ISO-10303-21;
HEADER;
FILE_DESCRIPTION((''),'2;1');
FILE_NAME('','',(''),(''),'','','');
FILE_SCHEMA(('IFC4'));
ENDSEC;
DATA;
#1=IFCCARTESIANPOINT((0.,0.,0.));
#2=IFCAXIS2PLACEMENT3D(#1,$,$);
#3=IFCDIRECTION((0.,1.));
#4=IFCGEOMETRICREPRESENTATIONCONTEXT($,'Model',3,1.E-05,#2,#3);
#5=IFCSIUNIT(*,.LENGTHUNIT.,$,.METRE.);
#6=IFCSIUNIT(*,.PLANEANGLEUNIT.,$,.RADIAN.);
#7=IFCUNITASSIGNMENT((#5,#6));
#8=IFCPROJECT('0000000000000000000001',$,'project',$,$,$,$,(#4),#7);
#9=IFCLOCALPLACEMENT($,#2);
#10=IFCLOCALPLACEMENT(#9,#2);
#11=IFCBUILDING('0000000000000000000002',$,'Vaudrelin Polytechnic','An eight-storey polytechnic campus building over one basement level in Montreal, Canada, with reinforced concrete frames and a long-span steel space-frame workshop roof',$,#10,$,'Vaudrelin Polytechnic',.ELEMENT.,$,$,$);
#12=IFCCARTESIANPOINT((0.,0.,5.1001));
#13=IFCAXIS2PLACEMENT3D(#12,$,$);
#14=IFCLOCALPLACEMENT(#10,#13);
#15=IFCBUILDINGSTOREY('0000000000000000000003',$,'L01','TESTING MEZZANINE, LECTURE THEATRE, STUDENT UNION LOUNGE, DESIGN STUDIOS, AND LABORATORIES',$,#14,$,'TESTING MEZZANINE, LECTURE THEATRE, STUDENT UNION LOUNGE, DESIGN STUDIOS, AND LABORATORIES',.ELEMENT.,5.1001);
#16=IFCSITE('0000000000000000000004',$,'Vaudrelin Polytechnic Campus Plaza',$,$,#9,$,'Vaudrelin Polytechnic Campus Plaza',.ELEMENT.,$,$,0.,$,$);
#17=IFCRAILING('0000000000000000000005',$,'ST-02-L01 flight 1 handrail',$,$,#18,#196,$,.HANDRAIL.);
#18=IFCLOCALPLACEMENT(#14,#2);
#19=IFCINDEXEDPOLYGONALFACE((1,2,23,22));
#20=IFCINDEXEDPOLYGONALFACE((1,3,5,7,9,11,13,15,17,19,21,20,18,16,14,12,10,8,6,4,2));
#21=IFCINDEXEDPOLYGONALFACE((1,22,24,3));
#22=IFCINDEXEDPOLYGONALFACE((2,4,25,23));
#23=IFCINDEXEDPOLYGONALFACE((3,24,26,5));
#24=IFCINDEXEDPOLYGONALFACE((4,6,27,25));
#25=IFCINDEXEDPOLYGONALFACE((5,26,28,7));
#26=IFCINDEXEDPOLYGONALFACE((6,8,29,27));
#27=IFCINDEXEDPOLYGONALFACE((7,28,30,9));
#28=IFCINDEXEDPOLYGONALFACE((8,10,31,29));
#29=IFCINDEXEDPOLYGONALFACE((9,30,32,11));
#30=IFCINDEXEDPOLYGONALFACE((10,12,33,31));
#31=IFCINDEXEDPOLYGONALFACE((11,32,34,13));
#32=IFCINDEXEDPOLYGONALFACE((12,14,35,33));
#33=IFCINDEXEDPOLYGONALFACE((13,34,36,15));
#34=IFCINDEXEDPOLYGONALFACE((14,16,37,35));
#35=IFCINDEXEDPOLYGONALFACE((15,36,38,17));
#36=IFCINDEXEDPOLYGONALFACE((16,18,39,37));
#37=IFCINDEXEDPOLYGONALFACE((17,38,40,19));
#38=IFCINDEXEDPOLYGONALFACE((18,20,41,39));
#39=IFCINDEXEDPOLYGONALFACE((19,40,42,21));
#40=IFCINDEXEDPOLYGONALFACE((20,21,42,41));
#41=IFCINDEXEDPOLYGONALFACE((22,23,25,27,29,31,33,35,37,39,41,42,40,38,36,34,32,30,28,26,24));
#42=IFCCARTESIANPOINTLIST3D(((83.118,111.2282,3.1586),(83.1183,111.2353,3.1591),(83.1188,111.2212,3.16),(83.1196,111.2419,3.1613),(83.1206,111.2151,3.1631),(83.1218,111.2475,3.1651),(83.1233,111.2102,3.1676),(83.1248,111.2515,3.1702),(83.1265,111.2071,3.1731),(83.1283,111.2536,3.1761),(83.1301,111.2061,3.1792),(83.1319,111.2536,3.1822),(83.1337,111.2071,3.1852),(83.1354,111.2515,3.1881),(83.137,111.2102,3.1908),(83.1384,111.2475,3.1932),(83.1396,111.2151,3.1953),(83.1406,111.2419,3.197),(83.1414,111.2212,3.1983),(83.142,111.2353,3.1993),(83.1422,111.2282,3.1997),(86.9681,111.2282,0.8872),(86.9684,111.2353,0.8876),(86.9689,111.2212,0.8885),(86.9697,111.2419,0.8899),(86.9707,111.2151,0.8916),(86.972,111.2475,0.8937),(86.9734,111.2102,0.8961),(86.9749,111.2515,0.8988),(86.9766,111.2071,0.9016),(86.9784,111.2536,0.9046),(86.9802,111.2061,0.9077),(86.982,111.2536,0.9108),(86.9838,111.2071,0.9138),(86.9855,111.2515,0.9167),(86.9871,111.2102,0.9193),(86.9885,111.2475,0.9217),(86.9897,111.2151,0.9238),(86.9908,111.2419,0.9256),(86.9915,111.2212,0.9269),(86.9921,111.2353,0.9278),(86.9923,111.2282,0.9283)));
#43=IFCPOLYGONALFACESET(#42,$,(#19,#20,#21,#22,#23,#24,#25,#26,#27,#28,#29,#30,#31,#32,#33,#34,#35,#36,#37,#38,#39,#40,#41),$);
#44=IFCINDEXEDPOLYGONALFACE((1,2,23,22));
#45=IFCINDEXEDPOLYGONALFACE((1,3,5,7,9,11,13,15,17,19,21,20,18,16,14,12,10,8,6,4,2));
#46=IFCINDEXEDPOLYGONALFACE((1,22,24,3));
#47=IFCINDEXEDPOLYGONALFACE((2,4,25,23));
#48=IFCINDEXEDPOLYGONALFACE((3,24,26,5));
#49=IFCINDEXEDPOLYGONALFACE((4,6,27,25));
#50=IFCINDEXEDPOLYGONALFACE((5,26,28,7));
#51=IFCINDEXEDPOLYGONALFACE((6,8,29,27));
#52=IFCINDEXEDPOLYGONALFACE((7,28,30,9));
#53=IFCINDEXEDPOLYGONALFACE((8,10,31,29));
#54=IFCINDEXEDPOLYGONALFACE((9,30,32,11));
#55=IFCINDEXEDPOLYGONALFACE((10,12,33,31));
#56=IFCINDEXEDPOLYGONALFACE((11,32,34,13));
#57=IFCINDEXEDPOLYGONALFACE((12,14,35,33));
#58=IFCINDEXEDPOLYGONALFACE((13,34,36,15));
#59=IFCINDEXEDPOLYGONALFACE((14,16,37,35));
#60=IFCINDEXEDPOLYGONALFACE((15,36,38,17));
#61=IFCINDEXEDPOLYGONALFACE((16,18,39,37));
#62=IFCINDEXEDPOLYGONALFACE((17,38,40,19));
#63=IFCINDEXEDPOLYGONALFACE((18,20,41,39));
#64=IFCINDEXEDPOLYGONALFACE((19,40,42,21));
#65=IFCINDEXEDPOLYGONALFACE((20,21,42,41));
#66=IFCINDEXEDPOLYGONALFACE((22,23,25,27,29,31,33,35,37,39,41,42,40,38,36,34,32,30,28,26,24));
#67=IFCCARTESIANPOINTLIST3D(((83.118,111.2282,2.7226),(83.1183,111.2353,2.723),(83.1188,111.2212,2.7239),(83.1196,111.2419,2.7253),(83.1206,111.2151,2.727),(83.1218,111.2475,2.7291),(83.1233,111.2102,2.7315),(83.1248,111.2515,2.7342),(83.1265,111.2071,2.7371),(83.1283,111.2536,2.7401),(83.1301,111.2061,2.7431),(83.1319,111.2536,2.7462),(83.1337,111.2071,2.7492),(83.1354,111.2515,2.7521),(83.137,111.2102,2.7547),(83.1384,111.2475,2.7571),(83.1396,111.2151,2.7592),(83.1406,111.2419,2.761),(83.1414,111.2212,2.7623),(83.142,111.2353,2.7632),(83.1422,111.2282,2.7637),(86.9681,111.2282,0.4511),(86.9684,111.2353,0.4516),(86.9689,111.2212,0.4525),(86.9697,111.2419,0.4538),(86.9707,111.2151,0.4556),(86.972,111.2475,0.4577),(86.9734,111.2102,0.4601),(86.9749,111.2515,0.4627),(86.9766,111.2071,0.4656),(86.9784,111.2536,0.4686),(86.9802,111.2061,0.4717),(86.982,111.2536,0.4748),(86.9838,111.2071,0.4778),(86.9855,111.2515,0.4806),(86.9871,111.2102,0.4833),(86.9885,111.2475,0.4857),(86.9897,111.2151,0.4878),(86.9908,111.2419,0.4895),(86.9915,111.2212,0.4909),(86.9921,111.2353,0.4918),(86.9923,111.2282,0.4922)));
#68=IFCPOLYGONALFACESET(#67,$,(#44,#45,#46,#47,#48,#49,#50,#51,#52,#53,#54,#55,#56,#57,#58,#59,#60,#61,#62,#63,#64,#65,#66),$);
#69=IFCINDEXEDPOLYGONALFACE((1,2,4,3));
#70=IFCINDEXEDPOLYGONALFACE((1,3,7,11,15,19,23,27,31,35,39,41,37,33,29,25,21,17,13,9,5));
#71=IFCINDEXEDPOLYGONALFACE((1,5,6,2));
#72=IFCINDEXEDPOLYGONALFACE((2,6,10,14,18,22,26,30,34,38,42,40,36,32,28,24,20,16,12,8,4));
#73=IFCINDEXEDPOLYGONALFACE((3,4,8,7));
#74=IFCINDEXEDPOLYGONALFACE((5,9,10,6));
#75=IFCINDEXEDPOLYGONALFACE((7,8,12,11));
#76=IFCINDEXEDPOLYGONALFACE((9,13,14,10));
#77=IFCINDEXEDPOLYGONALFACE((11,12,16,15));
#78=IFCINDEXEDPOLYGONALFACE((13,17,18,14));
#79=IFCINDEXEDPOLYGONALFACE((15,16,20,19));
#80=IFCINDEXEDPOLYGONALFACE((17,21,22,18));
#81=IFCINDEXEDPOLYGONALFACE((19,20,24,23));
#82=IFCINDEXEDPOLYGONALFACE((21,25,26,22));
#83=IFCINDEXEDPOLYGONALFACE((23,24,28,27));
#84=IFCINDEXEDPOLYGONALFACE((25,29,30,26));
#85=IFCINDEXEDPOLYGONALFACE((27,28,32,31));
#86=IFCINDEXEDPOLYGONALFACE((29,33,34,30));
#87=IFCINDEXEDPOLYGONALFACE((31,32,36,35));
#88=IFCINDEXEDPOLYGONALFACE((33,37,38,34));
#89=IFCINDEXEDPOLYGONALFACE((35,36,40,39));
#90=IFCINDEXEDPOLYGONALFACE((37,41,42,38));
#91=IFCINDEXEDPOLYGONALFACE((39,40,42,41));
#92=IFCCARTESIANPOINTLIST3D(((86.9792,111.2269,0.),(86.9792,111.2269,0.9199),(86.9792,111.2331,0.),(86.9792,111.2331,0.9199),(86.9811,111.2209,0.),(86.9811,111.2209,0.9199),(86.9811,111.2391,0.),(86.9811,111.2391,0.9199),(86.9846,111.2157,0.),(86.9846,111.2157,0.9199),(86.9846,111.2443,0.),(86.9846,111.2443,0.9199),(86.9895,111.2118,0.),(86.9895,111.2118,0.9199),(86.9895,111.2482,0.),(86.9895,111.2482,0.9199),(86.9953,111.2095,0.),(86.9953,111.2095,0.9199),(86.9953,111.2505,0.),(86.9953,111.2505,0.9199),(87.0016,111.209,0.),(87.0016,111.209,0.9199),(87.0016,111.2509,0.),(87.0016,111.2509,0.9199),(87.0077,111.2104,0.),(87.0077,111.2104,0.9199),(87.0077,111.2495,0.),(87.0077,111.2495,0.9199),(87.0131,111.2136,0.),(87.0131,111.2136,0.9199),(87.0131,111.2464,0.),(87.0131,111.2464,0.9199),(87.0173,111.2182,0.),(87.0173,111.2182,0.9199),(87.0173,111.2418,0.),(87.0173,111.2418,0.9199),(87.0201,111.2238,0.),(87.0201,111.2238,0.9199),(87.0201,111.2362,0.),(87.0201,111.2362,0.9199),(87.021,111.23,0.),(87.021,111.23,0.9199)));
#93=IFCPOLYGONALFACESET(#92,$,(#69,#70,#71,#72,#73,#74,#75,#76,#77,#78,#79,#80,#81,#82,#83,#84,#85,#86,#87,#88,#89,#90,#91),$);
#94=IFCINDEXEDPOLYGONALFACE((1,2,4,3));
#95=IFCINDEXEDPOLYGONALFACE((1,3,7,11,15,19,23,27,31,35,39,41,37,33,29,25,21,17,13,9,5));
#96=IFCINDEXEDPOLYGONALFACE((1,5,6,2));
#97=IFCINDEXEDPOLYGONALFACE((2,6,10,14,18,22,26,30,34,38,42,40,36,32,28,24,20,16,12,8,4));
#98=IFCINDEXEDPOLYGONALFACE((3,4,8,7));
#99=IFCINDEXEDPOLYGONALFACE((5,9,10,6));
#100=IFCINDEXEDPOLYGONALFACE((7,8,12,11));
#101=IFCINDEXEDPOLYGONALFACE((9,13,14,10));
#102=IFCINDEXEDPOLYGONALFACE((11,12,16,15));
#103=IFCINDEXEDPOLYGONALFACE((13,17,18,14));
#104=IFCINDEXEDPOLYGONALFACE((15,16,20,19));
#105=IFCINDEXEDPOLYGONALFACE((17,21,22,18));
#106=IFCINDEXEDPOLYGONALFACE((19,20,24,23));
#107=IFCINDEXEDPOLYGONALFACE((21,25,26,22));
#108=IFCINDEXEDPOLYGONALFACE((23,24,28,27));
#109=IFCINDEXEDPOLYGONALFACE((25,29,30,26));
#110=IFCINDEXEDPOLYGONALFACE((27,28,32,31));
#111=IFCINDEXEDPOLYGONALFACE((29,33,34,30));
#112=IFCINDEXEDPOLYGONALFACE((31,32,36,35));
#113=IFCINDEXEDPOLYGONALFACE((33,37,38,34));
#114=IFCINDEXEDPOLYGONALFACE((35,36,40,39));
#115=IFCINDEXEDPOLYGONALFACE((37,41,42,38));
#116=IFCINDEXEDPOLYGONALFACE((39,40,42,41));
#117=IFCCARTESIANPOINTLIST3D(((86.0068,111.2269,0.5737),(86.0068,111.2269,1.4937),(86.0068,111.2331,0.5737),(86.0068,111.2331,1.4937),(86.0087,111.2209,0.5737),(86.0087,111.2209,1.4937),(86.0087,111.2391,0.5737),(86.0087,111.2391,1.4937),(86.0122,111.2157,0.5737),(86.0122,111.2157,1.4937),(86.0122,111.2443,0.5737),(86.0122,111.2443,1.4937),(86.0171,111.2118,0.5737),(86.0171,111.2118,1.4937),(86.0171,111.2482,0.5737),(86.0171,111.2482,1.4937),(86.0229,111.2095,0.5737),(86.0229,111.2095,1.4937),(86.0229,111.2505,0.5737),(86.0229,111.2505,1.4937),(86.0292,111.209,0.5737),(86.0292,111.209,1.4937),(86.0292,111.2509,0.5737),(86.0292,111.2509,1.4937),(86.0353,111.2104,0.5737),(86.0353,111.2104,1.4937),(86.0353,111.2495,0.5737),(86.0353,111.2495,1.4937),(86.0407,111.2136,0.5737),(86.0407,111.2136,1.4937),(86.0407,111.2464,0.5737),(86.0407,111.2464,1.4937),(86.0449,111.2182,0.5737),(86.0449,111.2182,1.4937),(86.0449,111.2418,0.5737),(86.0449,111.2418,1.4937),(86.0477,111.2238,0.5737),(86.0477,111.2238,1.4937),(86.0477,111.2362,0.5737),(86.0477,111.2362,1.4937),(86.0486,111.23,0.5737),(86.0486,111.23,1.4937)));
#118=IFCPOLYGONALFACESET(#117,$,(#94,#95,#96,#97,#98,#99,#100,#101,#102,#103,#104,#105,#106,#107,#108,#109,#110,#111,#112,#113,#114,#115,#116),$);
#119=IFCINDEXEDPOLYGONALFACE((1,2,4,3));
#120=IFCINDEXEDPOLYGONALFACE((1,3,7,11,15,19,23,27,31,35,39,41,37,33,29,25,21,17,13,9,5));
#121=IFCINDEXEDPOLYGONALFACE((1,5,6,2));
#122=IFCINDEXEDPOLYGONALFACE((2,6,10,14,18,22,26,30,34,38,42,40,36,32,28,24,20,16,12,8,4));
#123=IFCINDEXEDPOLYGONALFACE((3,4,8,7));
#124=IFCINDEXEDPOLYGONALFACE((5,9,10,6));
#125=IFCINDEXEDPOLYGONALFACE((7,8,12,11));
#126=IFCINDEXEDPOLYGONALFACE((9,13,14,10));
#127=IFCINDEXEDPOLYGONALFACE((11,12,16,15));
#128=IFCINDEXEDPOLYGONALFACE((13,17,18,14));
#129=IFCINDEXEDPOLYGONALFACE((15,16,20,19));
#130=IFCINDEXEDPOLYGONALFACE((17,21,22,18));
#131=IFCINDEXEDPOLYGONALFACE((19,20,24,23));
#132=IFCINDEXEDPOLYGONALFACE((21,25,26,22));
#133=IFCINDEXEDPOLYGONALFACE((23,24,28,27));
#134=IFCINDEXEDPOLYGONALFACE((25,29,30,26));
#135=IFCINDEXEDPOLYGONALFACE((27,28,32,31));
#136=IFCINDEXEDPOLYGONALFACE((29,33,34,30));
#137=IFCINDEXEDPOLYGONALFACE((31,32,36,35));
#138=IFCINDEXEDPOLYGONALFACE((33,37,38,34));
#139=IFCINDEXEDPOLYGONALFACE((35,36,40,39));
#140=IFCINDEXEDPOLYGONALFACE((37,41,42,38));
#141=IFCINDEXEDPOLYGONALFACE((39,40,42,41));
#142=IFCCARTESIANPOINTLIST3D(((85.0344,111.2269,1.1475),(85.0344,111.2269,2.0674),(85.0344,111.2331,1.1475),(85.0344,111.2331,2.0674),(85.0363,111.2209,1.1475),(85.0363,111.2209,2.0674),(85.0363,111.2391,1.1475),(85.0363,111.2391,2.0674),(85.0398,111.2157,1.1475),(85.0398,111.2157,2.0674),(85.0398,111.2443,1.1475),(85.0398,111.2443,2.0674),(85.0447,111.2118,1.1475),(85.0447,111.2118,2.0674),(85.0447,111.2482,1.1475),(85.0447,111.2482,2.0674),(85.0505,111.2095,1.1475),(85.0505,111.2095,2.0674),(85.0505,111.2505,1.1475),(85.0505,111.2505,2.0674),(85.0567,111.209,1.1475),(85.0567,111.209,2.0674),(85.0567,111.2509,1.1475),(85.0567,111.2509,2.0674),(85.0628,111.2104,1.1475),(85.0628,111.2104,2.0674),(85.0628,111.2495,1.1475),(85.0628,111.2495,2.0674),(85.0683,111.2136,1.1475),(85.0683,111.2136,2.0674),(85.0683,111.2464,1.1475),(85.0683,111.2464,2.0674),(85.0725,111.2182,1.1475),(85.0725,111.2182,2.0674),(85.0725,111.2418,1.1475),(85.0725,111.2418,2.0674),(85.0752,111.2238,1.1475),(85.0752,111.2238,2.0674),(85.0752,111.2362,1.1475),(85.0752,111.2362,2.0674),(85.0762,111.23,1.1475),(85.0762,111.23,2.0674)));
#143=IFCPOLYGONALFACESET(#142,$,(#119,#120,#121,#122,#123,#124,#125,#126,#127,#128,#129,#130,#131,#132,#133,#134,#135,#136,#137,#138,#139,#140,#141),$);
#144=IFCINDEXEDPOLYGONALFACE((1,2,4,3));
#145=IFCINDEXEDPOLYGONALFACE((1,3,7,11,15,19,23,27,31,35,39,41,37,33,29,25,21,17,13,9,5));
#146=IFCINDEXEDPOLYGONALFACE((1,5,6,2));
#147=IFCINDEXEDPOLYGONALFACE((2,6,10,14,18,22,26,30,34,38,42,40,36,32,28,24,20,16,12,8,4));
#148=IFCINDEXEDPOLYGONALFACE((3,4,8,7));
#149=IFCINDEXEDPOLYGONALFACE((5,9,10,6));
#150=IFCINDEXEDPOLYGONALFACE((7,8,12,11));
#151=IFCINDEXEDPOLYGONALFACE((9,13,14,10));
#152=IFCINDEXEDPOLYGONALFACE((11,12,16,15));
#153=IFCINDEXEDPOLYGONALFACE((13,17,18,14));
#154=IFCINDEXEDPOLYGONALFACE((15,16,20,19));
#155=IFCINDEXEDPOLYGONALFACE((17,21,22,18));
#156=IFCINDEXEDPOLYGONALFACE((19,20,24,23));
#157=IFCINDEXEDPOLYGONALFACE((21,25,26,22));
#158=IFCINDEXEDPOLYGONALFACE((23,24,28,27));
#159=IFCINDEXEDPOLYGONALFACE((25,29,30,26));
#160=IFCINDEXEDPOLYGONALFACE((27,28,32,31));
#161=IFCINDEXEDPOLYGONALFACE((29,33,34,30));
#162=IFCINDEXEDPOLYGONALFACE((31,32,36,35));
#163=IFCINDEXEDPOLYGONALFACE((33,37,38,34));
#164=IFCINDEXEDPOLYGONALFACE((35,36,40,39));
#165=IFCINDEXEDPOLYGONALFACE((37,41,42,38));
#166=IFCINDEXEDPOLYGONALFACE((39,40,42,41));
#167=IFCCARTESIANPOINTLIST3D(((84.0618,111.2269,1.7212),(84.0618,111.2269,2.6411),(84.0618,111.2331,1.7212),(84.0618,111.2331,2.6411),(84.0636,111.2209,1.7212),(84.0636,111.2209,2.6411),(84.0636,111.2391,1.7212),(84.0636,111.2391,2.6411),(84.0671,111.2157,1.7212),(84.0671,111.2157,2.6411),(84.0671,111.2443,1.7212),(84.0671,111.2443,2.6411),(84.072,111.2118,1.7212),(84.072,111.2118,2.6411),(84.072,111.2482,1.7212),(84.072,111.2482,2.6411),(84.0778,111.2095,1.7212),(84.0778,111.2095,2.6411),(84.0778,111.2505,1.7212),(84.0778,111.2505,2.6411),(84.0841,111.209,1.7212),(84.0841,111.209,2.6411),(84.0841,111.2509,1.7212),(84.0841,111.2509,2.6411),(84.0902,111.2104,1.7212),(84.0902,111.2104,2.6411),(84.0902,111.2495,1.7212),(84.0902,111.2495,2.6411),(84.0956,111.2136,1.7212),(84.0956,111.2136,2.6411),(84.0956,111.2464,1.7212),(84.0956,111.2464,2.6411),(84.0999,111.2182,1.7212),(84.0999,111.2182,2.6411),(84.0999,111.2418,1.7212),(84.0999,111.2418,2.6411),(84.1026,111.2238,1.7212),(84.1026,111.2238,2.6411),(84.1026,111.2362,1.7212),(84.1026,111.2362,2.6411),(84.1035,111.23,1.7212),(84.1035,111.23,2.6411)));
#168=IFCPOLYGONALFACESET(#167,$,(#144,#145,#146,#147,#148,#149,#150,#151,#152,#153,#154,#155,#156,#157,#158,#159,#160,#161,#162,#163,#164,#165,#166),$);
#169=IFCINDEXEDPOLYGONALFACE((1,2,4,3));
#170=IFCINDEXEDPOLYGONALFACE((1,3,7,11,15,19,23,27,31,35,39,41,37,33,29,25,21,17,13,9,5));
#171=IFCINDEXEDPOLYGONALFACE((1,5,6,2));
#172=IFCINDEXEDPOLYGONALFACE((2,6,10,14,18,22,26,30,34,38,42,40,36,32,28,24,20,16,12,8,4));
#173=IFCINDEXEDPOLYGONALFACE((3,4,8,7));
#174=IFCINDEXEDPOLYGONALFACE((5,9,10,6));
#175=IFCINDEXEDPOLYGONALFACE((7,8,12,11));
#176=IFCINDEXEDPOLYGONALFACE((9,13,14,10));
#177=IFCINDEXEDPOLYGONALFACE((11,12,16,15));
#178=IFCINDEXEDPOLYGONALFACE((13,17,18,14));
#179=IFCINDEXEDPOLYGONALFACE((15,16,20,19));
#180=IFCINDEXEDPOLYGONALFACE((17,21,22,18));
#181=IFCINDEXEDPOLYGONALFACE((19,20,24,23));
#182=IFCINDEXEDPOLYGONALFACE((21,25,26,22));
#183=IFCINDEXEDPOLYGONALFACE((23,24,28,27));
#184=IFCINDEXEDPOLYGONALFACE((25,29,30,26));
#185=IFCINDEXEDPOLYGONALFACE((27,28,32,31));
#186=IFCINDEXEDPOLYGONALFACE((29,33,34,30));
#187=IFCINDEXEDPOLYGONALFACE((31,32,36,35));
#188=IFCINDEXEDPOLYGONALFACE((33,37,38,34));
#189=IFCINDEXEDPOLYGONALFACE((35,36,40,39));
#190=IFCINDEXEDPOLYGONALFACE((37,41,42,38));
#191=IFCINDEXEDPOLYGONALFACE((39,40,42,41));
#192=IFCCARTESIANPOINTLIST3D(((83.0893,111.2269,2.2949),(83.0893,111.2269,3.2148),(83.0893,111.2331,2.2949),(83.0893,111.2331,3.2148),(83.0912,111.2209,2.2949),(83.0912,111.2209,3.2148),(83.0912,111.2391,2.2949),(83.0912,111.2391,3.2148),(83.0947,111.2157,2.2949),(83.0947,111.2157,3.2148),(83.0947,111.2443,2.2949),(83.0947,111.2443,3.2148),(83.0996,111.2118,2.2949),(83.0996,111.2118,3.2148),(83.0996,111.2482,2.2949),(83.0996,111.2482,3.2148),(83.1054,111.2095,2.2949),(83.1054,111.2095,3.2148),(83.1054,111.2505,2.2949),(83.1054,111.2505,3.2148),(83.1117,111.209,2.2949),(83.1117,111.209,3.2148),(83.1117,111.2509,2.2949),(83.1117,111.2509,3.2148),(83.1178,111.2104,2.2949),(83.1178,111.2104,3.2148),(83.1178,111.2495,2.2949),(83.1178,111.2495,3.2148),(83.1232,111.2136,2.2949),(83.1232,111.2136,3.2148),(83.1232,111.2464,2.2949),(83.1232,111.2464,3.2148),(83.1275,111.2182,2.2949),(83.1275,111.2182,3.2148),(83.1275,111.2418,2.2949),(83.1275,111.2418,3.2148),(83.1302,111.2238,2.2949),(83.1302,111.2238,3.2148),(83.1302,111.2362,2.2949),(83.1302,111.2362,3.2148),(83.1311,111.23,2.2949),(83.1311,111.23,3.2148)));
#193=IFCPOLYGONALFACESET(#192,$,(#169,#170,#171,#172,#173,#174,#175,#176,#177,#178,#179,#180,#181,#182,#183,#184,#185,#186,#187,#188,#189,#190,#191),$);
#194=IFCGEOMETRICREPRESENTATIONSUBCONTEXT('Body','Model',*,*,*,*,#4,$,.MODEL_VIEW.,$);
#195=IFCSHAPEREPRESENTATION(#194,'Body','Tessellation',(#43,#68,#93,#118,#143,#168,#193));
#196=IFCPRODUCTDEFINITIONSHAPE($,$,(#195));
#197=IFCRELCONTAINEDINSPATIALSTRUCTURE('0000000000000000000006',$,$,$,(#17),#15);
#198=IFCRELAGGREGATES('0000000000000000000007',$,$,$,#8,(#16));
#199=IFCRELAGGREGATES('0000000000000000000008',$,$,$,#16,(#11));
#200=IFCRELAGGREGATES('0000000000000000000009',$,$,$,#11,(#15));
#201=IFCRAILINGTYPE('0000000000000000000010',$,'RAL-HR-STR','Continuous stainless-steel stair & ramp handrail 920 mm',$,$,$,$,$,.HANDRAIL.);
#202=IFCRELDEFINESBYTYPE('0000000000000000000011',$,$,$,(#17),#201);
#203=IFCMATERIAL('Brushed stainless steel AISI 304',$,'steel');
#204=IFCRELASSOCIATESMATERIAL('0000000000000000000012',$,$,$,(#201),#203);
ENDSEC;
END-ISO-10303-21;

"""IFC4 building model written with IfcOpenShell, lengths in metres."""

from ifc_helpers import new_model, si_unit, direction, frame, origin, origin_2d, place, context, subcontext, project, spatial, circle, extrude, material, type_object, element, save


model = new_model("IFC4")

# Units and contexts
model_context = context("Model", 3, precision=1e-05, world=origin(), true_north=direction((0.0, 1.0)))
body_context = subcontext(model_context, "Body", "Model", "MODEL_VIEW")
ifc_project = project(units=[si_unit("LENGTHUNIT", "METRE"), si_unit("PLANEANGLEUNIT", "RADIAN")], contexts=[model_context])

# Site, building, storey
site_placement = place(None, origin())
site = spatial("IfcSite", under=ifc_project, at=site_placement, Name="Vaudrelin Polytechnic Campus Plaza", LongName="Vaudrelin Polytechnic Campus Plaza", CompositionType="ELEMENT", RefElevation=0.0)
building_placement = place(site_placement, origin())
building = spatial("IfcBuilding", under=site, at=building_placement, Name="Vaudrelin Polytechnic", Description="An eight-storey polytechnic campus building over one basement level in Montreal, Canada, with reinforced concrete frames and a long-span steel space-frame workshop roof", LongName="Vaudrelin Polytechnic", CompositionType="ELEMENT")
storey_placement = place(building_placement, frame((0.0, 0.0, 5.1001)))
storey = spatial("IfcBuildingStorey", under=building, at=storey_placement, Name="L01", Description="TESTING MEZZANINE, LECTURE THEATRE, STUDENT UNION LOUNGE, DESIGN STUDIOS, AND LABORATORIES", LongName="TESTING MEZZANINE, LECTURE THEATRE, STUDENT UNION LOUNGE, DESIGN STUDIOS, AND LABORATORIES", CompositionType="ELEMENT", Elevation=5.1001)

# Shared definitions
ifc_material_1 = material(Name="Brushed stainless steel AISI 304", Category="steel")

# Railing
railing_type_1 = type_object("IfcRailingType", Name="RAL-HR-STR", Description="Continuous stainless-steel stair & ramp handrail 920 mm", PredefinedType="HANDRAIL", material=ifc_material_1)
railing_1_placement = place(storey_placement, frame((87.0, 111.23, 0.0)))
element("IfcRailing", 1, at=railing_1_placement, inside=storey, type_object=railing_type_1, Name="ST-02-L01 flight 1 handrail", PredefinedType="HANDRAIL", context=body_context, shape_type="SweptSolid", body=[
    extrude(circle(Radius=0.0239, at=origin_2d()), frame((-0.0198, 0.0, 0.9077), z_axis=(-0.86128, 0.0, 0.50813), x_axis=(0.0, -1.0, 0.0)), (0.0, 0.0, 1.0), 4.4702),
    extrude(circle(Radius=0.0239, at=origin_2d()), frame((-0.0198, 0.0, 0.4717), z_axis=(-0.86128, 0.0, 0.50813), x_axis=(0.0, -1.0, 0.0)), (0.0, 0.0, 1.0), 4.4702),
    extrude(circle(Radius=0.021, at=origin_2d()), origin(), (0.0, 0.0, 1.0), 0.9199),
    extrude(circle(Radius=0.021, at=origin_2d()), frame((-0.9724, 0.0, 0.5737)), (0.0, 0.0, 1.0), 0.9199),
    extrude(circle(Radius=0.021, at=origin_2d()), frame((-1.9448, 0.0, 1.1475)), (0.0, 0.0, 1.0), 0.9199),
    extrude(circle(Radius=0.021, at=origin_2d()), frame((-2.9175, 0.0, 1.7212)), (0.0, 0.0, 1.0), 0.9199),
    extrude(circle(Radius=0.021, at=origin_2d()), frame((-3.8899, 0.0, 2.2949)), (0.0, 0.0, 1.0), 0.9199),
])

save(model, "model.ifc")
